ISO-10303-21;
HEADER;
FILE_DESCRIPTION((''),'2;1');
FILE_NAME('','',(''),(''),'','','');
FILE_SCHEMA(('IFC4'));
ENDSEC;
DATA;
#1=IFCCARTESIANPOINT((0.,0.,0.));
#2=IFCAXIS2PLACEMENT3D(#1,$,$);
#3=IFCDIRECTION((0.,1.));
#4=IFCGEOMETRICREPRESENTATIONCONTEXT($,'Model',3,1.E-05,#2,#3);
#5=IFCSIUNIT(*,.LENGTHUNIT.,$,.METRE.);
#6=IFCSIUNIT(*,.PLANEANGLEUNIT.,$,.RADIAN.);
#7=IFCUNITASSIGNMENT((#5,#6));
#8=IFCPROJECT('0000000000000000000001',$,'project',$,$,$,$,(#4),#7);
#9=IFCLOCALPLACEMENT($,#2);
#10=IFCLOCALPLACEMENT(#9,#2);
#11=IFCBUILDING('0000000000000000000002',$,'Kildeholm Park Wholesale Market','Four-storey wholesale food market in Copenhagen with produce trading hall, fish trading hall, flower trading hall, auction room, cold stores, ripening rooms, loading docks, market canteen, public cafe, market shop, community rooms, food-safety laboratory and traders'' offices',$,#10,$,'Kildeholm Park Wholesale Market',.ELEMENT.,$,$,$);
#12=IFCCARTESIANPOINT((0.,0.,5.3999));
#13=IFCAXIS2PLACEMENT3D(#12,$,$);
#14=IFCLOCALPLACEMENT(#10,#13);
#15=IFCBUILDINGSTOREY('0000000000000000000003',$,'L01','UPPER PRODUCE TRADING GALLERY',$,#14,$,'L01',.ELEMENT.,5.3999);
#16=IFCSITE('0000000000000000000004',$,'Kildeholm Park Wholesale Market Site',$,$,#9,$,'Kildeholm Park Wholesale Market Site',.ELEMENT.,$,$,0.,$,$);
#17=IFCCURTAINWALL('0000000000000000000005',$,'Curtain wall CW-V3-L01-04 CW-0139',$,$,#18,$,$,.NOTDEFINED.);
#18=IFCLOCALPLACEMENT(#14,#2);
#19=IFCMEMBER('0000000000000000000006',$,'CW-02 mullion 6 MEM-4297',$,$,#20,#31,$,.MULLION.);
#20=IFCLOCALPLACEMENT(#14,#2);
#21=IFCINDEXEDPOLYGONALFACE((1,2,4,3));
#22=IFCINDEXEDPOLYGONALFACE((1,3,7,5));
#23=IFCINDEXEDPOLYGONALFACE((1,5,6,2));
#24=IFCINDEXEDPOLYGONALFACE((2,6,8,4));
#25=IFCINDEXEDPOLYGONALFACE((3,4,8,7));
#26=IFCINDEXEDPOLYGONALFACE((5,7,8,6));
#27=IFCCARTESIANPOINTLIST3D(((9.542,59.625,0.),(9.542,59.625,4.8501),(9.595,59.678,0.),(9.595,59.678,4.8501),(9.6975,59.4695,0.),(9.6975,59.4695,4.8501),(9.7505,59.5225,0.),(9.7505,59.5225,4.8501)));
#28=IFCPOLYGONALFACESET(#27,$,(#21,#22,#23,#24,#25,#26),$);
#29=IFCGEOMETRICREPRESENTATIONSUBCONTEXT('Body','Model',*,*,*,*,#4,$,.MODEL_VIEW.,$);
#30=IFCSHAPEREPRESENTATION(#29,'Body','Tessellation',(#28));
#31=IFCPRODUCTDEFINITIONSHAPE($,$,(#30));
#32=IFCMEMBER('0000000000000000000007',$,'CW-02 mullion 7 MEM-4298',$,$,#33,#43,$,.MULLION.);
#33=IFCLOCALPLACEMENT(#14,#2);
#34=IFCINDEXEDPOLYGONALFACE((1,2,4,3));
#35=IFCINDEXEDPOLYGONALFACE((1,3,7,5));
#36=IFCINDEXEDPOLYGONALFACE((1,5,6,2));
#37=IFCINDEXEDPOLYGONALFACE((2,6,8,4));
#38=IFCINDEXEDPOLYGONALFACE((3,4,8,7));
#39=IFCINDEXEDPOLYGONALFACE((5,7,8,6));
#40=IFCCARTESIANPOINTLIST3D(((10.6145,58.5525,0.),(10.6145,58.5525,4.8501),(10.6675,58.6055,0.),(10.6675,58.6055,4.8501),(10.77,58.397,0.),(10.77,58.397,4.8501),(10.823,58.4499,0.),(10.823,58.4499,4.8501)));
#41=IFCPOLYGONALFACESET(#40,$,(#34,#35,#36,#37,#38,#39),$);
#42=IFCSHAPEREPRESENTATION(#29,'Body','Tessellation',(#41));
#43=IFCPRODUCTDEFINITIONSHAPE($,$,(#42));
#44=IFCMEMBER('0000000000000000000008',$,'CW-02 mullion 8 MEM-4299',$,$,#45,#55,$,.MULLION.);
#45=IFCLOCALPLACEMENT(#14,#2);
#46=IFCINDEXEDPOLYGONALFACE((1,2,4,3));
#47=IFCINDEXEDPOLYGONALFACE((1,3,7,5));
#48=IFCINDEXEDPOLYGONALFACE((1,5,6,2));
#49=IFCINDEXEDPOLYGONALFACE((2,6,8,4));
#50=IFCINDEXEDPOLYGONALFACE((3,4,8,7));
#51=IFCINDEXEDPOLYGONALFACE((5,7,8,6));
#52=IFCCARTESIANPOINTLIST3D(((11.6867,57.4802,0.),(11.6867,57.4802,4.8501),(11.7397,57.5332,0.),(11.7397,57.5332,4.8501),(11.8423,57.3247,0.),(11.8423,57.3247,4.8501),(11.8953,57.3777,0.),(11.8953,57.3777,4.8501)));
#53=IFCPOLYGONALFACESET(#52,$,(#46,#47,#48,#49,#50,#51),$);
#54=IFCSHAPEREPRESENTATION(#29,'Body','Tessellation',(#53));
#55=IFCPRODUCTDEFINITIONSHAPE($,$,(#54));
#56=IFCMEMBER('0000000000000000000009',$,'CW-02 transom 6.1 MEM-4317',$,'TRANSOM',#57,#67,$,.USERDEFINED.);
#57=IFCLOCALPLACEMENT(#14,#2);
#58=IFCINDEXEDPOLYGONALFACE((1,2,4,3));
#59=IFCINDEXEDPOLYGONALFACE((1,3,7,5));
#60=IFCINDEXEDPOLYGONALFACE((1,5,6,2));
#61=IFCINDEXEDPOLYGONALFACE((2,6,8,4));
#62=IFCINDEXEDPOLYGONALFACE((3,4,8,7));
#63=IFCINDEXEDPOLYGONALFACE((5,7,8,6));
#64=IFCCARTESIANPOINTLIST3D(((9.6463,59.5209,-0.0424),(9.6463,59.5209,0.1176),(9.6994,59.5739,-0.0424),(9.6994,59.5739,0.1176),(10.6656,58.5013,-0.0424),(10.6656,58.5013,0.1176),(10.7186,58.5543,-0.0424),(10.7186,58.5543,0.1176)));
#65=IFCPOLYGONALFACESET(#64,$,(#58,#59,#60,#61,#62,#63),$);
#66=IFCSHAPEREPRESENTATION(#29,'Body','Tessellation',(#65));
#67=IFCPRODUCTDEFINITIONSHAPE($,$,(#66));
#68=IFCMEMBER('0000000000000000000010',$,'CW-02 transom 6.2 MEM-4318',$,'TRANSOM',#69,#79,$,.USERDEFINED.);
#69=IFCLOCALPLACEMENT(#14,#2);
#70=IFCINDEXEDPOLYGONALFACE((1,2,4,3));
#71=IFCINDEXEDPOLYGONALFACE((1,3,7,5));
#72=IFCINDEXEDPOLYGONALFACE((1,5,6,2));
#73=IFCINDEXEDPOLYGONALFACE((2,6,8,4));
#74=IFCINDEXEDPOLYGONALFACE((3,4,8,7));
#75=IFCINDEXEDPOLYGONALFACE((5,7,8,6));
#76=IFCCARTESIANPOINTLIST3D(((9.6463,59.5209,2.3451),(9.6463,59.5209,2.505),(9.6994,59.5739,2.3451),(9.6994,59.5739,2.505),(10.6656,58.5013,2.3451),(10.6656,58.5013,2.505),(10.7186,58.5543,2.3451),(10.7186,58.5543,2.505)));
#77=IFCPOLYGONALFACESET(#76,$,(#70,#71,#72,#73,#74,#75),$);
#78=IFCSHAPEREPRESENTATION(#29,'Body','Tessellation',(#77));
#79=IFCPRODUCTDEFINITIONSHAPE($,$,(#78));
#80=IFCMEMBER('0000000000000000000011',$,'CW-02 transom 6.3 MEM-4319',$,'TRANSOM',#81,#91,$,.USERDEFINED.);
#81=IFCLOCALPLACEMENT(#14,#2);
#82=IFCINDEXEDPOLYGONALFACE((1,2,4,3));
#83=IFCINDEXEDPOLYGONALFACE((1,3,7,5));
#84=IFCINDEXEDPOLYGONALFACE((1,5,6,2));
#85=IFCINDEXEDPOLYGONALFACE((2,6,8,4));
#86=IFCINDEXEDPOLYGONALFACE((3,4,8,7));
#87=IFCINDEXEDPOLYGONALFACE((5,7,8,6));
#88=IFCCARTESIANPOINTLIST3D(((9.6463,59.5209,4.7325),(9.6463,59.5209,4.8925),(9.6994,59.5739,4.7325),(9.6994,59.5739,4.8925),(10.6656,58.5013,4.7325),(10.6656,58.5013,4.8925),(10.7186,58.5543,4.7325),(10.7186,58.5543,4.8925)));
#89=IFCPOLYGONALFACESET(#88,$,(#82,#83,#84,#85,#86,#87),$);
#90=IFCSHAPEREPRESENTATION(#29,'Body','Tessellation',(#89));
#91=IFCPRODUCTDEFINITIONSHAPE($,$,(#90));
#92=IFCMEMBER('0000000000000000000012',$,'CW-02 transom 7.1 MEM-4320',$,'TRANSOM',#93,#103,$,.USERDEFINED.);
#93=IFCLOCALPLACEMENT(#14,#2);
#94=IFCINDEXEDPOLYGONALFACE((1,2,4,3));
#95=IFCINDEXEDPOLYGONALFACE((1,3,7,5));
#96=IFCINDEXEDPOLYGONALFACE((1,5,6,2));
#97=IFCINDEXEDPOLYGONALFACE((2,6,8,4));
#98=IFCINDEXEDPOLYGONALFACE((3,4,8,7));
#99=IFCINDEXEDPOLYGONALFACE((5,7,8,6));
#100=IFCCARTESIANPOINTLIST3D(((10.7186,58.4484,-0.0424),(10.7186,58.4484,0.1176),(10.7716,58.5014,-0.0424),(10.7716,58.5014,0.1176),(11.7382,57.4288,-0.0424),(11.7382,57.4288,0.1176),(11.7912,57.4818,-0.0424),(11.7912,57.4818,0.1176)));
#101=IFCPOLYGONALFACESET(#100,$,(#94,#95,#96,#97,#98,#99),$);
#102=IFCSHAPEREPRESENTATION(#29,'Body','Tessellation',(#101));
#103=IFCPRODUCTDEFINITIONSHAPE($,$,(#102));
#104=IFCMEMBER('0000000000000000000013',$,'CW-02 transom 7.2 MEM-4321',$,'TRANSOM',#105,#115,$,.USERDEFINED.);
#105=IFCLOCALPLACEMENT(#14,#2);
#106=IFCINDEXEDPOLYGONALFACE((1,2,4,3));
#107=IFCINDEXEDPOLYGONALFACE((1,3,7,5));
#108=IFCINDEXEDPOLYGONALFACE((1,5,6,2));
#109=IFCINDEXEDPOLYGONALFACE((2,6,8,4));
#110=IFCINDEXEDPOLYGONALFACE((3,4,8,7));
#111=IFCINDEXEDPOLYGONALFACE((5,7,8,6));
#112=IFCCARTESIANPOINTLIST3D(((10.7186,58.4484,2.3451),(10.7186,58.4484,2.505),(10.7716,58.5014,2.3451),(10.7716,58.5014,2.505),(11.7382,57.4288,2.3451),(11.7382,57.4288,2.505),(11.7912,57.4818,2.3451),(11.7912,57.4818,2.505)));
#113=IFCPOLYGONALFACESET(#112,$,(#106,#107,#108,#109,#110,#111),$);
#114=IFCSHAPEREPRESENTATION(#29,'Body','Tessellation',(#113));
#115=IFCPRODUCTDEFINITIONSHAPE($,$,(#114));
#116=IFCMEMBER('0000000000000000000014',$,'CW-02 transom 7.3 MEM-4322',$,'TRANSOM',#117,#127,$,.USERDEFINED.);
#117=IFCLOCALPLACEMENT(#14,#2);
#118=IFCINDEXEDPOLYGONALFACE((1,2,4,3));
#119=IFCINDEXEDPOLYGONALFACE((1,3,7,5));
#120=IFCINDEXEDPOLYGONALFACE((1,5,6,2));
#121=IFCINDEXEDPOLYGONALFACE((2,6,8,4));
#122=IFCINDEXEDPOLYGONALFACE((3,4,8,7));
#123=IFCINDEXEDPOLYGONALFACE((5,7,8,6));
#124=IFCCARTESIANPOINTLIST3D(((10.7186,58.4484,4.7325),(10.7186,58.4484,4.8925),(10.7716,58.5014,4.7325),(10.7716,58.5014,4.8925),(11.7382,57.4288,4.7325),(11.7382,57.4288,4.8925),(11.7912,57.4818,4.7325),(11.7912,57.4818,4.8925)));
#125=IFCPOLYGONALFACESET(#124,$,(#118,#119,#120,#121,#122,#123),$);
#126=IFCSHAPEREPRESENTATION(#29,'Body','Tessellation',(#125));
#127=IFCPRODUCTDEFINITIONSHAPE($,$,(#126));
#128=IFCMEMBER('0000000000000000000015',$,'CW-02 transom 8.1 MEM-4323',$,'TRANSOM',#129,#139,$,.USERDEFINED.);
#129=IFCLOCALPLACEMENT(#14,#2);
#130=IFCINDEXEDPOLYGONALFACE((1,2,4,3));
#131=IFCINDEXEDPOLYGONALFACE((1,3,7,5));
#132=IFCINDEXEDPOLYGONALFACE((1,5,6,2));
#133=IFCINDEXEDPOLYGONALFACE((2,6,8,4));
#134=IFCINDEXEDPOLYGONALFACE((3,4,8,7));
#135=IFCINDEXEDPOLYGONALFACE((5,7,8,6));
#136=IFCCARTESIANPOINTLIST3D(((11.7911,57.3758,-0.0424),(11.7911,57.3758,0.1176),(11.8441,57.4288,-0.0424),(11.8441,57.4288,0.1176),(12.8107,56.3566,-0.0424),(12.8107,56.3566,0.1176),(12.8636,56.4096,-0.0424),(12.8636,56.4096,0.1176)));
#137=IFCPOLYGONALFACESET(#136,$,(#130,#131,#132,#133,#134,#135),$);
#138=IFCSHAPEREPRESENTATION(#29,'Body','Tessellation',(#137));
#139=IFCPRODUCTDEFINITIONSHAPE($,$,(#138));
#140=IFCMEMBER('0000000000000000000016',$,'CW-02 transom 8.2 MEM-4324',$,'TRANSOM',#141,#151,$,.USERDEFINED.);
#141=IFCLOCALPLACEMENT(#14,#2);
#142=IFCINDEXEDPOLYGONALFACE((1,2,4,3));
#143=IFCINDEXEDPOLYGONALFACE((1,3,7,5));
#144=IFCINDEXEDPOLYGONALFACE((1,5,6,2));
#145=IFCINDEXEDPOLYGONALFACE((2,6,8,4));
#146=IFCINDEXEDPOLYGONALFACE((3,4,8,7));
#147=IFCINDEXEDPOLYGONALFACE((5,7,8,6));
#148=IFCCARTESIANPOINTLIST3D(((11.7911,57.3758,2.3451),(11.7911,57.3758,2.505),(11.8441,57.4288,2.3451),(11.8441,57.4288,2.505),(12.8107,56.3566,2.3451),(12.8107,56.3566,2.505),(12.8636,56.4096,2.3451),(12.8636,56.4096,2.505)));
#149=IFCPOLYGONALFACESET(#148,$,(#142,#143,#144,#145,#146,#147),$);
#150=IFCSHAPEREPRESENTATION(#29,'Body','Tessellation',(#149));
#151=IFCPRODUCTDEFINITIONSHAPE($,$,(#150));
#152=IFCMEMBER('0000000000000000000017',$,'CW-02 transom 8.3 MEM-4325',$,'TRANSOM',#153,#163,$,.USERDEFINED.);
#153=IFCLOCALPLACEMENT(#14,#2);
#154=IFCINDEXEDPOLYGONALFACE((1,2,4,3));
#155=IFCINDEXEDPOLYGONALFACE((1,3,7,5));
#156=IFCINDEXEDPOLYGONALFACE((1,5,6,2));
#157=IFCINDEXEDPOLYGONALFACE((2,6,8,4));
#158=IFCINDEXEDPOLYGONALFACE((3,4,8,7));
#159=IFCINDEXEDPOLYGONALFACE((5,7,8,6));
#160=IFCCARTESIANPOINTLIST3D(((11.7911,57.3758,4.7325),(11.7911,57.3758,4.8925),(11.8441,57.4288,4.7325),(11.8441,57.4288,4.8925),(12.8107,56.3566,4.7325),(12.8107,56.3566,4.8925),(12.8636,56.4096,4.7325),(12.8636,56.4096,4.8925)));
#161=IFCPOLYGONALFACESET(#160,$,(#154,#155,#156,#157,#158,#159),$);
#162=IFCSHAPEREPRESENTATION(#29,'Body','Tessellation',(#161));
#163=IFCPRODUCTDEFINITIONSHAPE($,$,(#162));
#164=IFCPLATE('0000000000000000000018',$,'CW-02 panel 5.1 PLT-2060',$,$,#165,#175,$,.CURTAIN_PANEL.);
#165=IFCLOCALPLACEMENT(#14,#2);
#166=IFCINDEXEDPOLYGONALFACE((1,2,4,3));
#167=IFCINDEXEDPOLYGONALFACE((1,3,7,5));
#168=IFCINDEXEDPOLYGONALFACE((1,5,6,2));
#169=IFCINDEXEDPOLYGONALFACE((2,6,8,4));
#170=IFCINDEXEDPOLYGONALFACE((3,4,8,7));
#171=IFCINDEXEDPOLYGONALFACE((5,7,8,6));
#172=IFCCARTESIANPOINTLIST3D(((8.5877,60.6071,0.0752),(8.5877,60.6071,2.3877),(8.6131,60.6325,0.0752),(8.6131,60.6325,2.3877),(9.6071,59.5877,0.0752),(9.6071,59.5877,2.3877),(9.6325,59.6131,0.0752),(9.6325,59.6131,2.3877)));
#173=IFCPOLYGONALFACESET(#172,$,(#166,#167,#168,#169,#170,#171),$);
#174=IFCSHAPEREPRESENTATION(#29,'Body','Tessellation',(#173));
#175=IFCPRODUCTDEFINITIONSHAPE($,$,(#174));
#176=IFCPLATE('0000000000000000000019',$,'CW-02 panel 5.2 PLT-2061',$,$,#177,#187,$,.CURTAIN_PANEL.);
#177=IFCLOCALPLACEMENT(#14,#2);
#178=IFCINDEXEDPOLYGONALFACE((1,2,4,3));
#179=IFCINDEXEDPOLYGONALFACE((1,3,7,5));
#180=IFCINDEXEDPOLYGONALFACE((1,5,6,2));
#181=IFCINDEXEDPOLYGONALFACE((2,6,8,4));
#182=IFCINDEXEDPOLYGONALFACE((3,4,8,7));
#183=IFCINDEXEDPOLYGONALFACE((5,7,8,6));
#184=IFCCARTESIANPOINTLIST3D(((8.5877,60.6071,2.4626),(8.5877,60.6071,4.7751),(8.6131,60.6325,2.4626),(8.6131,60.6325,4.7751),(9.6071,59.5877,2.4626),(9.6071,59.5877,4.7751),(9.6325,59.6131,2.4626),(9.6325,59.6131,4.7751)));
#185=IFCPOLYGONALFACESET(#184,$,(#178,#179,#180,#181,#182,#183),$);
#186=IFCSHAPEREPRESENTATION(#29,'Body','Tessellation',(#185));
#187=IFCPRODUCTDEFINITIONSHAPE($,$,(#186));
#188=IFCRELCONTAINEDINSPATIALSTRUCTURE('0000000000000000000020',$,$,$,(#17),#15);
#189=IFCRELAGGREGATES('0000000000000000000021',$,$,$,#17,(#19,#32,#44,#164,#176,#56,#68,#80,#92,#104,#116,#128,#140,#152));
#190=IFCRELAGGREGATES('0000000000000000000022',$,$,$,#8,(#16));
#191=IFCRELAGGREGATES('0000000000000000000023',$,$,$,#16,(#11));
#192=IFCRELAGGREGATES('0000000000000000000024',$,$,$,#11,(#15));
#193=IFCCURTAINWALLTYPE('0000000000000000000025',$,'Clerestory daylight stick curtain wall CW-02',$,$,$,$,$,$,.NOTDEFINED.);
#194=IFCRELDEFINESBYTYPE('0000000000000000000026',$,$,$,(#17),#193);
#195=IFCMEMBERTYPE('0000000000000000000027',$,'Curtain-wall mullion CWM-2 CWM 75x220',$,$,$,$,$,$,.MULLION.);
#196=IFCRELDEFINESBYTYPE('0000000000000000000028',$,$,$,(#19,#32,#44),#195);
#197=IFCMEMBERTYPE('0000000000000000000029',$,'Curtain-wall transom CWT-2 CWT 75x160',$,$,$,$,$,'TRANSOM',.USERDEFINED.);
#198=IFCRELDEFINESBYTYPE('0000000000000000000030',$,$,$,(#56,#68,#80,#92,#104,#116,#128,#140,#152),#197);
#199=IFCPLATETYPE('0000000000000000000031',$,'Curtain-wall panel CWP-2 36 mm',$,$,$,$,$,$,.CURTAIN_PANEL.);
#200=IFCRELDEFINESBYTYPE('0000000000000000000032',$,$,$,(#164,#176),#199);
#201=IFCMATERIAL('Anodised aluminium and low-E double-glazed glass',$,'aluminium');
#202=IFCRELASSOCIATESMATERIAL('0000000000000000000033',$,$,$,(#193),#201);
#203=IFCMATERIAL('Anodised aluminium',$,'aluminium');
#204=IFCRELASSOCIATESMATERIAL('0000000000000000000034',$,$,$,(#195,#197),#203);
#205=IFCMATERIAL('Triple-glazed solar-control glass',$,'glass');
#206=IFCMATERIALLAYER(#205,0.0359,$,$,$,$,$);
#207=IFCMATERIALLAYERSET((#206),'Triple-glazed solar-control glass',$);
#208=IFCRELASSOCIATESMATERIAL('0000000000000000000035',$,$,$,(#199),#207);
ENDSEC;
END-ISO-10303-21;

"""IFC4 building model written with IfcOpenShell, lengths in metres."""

from ifc_helpers import new_model, si_unit, direction, frame, origin, origin_2d, place, context, subcontext, project, spatial, rectangle, extrude, material, layer, layer_set, material_profile, profile_set, type_object, element, aggregate, save


model = new_model("IFC4")

# Units and contexts
model_context = context("Model", 3, precision=1e-05, world=origin(), true_north=direction((0.0, 1.0)))
body_context = subcontext(model_context, "Body", "Model", "MODEL_VIEW")
ifc_project = project(units=[si_unit("LENGTHUNIT", "METRE"), si_unit("PLANEANGLEUNIT", "RADIAN")], contexts=[model_context])

# Site, building, storey
site_placement = place(None, origin())
site = spatial("IfcSite", under=ifc_project, at=site_placement, Name="Kildeholm Park Wholesale Market Site", LongName="Kildeholm Park Wholesale Market Site", CompositionType="ELEMENT", RefElevation=0.0)
building_placement = place(site_placement, origin())
building = spatial("IfcBuilding", under=site, at=building_placement, Name="Kildeholm Park Wholesale Market", Description="Four-storey wholesale food market in Copenhagen with produce trading hall, fish trading hall, flower trading hall, auction room, cold stores, ripening rooms, loading docks, market canteen, public cafe, market shop, community rooms, food-safety laboratory and traders' offices", LongName="Kildeholm Park Wholesale Market", CompositionType="ELEMENT")
storey_placement = place(building_placement, frame((0.0, 0.0, 5.3999)))
storey = spatial("IfcBuildingStorey", under=building, at=storey_placement, Name="L01", Description="UPPER PRODUCE TRADING GALLERY", LongName="L01", CompositionType="ELEMENT", Elevation=5.3999)

# Curtain wall, members, plates
ifc_material_1 = material(Name="Anodised aluminium and low-E double-glazed glass", Category="aluminium")
curtain_wall_type = type_object("IfcCurtainWallType", Name="Clerestory daylight stick curtain wall CW-02", PredefinedType="NOTDEFINED", material=ifc_material_1)
curtain_wall_placement = place(storey_placement, origin())
curtain_wall = element("IfcCurtainWall", 1, at=curtain_wall_placement, inside=storey, type_object=curtain_wall_type, Name="Curtain wall CW-V3-L01-04 CW-0139", PredefinedType="NOTDEFINED")
ifc_material_2 = material(Name="Anodised aluminium", Category="aluminium")
ifc_material_profile_1 = material_profile(ifc_material_2, rectangle(XDim=0.075, YDim=0.22, at=origin_2d()), Name="CWM 75x220")
ifc_profile_set_1 = profile_set([ifc_material_profile_1], Name="Anodised aluminium")
member_type_1 = type_object("IfcMemberType", Name="Curtain-wall mullion CWM-2 CWM 75x220", PredefinedType="MULLION", material=ifc_profile_set_1)
member_1_placement = place(storey_placement, frame((9.6462, 59.5737, 0.0), z_axis=(0.0, 0.0, 1.0), x_axis=(0.707107, 0.707107, 0.0)))
member_1 = element("IfcMember", 2, at=member_1_placement, type_object=member_type_1, Name="CW-02 mullion 6 MEM-4297", PredefinedType="MULLION", context=body_context, shape_type="SweptSolid", body=[
    extrude(rectangle(XDim=0.075, YDim=0.22, at=origin_2d()), origin(), (0.0, 0.0, 1.0), 4.8501),
])
member_2_placement = place(storey_placement, frame((10.7188, 58.5012, 0.0), z_axis=(0.0, 0.0, 1.0), x_axis=(0.707107, 0.707107, 0.0)))
member_2 = element("IfcMember", 3, at=member_2_placement, type_object=member_type_1, Name="CW-02 mullion 7 MEM-4298", PredefinedType="MULLION", context=body_context, shape_type="SweptSolid", body=[
    extrude(rectangle(XDim=0.075, YDim=0.22, at=origin_2d()), origin(), (0.0, 0.0, 1.0), 4.8501),
])
member_3_placement = place(storey_placement, frame((11.791, 57.429, 0.0), z_axis=(0.0, 0.0, 1.0), x_axis=(0.707107, 0.707107, 0.0)))
member_3 = element("IfcMember", 4, at=member_3_placement, type_object=member_type_1, Name="CW-02 mullion 8 MEM-4299", PredefinedType="MULLION", context=body_context, shape_type="SweptSolid", body=[
    extrude(rectangle(XDim=0.075, YDim=0.22, at=origin_2d()), origin(), (0.0, 0.0, 1.0), 4.8501),
])
ifc_material_profile_2 = material_profile(ifc_material_2, rectangle(XDim=0.075, YDim=0.1599, at=origin_2d()), Name="CWT 75x160")
ifc_profile_set_2 = profile_set([ifc_material_profile_2], Name="Anodised aluminium")
member_type_2 = type_object("IfcMemberType", Name="Curtain-wall transom CWT-2 CWT 75x160", ElementType="TRANSOM", PredefinedType="USERDEFINED", material=ifc_profile_set_2)
member_4_placement = place(storey_placement, frame((9.6729, 59.5474, 0.0376), z_axis=(0.707022, -0.707191, 0.0), x_axis=(0.707191, 0.707022, 0.0)))
member_4 = element("IfcMember", 5, at=member_4_placement, type_object=member_type_2, Name="CW-02 transom 6.1 MEM-4317", ObjectType="TRANSOM", PredefinedType="USERDEFINED", context=body_context, shape_type="SweptSolid", body=[
    extrude(rectangle(XDim=0.075, YDim=0.1599, at=origin_2d()), origin(), (0.0, 0.0, 1.0), 1.4417),
])
member_5_placement = place(storey_placement, frame((9.6729, 59.5474, 2.425), z_axis=(0.707022, -0.707191, 0.0), x_axis=(0.707191, 0.707022, 0.0)))
member_5 = element("IfcMember", 6, at=member_5_placement, type_object=member_type_2, Name="CW-02 transom 6.2 MEM-4318", ObjectType="TRANSOM", PredefinedType="USERDEFINED", context=body_context, shape_type="SweptSolid", body=[
    extrude(rectangle(XDim=0.075, YDim=0.1599, at=origin_2d()), origin(), (0.0, 0.0, 1.0), 1.4417),
])
member_6_placement = place(storey_placement, frame((9.6729, 59.5474, 4.8125), z_axis=(0.707022, -0.707191, 0.0), x_axis=(0.707191, 0.707022, 0.0)))
member_6 = element("IfcMember", 7, at=member_6_placement, type_object=member_type_2, Name="CW-02 transom 6.3 MEM-4319", ObjectType="TRANSOM", PredefinedType="USERDEFINED", context=body_context, shape_type="SweptSolid", body=[
    extrude(rectangle(XDim=0.075, YDim=0.1599, at=origin_2d()), origin(), (0.0, 0.0, 1.0), 1.4417),
])
member_7_placement = place(storey_placement, frame((10.7451, 58.4749, 0.0376), z_axis=(0.707107, -0.707107, 0.0), x_axis=(0.707107, 0.707107, 0.0)))
member_7 = element("IfcMember", 8, at=member_7_placement, type_object=member_type_2, Name="CW-02 transom 7.1 MEM-4320", ObjectType="TRANSOM", PredefinedType="USERDEFINED", context=body_context, shape_type="SweptSolid", body=[
    extrude(rectangle(XDim=0.075, YDim=0.1599, at=origin_2d()), origin(), (0.0, 0.0, 1.0), 1.4419),
])
member_8_placement = place(storey_placement, frame((10.7451, 58.4749, 2.425), z_axis=(0.707107, -0.707107, 0.0), x_axis=(0.707107, 0.707107, 0.0)))
member_8 = element("IfcMember", 9, at=member_8_placement, type_object=member_type_2, Name="CW-02 transom 7.2 MEM-4321", ObjectType="TRANSOM", PredefinedType="USERDEFINED", context=body_context, shape_type="SweptSolid", body=[
    extrude(rectangle(XDim=0.075, YDim=0.1599, at=origin_2d()), origin(), (0.0, 0.0, 1.0), 1.4419),
])
member_9_placement = place(storey_placement, frame((10.7451, 58.4749, 4.8125), z_axis=(0.707107, -0.707107, 0.0), x_axis=(0.707107, 0.707107, 0.0)))
member_9 = element("IfcMember", 10, at=member_9_placement, type_object=member_type_2, Name="CW-02 transom 7.3 MEM-4322", ObjectType="TRANSOM", PredefinedType="USERDEFINED", context=body_context, shape_type="SweptSolid", body=[
    extrude(rectangle(XDim=0.075, YDim=0.1599, at=origin_2d()), origin(), (0.0, 0.0, 1.0), 1.4419),
])
member_10_placement = place(storey_placement, frame((11.8176, 57.4023, 0.0376), z_axis=(0.707191, -0.707022, 0.0), x_axis=(0.707022, 0.707191, 0.0)))
member_10 = element("IfcMember", 11, at=member_10_placement, type_object=member_type_2, Name="CW-02 transom 8.1 MEM-4323", ObjectType="TRANSOM", PredefinedType="USERDEFINED", context=body_context, shape_type="SweptSolid", body=[
    extrude(rectangle(XDim=0.075, YDim=0.1599, at=origin_2d()), origin(), (0.0, 0.0, 1.0), 1.4417),
])
member_11_placement = place(storey_placement, frame((11.8176, 57.4023, 2.425), z_axis=(0.707191, -0.707022, 0.0), x_axis=(0.707022, 0.707191, 0.0)))
member_11 = element("IfcMember", 12, at=member_11_placement, type_object=member_type_2, Name="CW-02 transom 8.2 MEM-4324", ObjectType="TRANSOM", PredefinedType="USERDEFINED", context=body_context, shape_type="SweptSolid", body=[
    extrude(rectangle(XDim=0.075, YDim=0.1599, at=origin_2d()), origin(), (0.0, 0.0, 1.0), 1.4417),
])
member_12_placement = place(storey_placement, frame((11.8176, 57.4023, 4.8125), z_axis=(0.707191, -0.707022, 0.0), x_axis=(0.707022, 0.707191, 0.0)))
member_12 = element("IfcMember", 13, at=member_12_placement, type_object=member_type_2, Name="CW-02 transom 8.3 MEM-4325", ObjectType="TRANSOM", PredefinedType="USERDEFINED", context=body_context, shape_type="SweptSolid", body=[
    extrude(rectangle(XDim=0.075, YDim=0.1599, at=origin_2d()), origin(), (0.0, 0.0, 1.0), 1.4417),
])
ifc_material_3 = material(Name="Triple-glazed solar-control glass", Category="glass")
ifc_layer = layer(ifc_material_3, 0.0359)
ifc_layer_set = layer_set([ifc_layer], Name="Triple-glazed solar-control glass")
plate_type = type_object("IfcPlateType", Name="Curtain-wall panel CWP-2 36 mm", PredefinedType="CURTAIN_PANEL", material=ifc_layer_set)
plate_1_placement = place(storey_placement, frame((9.1101, 60.1101, 0.0752), z_axis=(0.0, 0.0, 1.0), x_axis=(0.707107, -0.707107, 0.0)))
plate_1 = element("IfcPlate", 14, at=plate_1_placement, type_object=plate_type, Name="CW-02 panel 5.1 PLT-2060", PredefinedType="CURTAIN_PANEL", context=body_context, shape_type="SweptSolid", body=[
    extrude(rectangle(XDim=1.4417, YDim=0.0359, at=origin_2d()), origin(), (0.0, 0.0, 1.0), 2.3125),
])
plate_2_placement = place(storey_placement, frame((9.1101, 60.1101, 2.4626), z_axis=(0.0, 0.0, 1.0), x_axis=(0.707107, -0.707107, 0.0)))
plate_2 = element("IfcPlate", 15, at=plate_2_placement, type_object=plate_type, Name="CW-02 panel 5.2 PLT-2061", PredefinedType="CURTAIN_PANEL", context=body_context, shape_type="SweptSolid", body=[
    extrude(rectangle(XDim=1.4417, YDim=0.0359, at=origin_2d()), origin(), (0.0, 0.0, 1.0), 2.3125),
])
aggregate(curtain_wall, [member_1, member_2, member_3, plate_1, plate_2, member_4, member_5, member_6, member_7, member_8, member_9, member_10, member_11, member_12])

save(model, "model.ifc")
